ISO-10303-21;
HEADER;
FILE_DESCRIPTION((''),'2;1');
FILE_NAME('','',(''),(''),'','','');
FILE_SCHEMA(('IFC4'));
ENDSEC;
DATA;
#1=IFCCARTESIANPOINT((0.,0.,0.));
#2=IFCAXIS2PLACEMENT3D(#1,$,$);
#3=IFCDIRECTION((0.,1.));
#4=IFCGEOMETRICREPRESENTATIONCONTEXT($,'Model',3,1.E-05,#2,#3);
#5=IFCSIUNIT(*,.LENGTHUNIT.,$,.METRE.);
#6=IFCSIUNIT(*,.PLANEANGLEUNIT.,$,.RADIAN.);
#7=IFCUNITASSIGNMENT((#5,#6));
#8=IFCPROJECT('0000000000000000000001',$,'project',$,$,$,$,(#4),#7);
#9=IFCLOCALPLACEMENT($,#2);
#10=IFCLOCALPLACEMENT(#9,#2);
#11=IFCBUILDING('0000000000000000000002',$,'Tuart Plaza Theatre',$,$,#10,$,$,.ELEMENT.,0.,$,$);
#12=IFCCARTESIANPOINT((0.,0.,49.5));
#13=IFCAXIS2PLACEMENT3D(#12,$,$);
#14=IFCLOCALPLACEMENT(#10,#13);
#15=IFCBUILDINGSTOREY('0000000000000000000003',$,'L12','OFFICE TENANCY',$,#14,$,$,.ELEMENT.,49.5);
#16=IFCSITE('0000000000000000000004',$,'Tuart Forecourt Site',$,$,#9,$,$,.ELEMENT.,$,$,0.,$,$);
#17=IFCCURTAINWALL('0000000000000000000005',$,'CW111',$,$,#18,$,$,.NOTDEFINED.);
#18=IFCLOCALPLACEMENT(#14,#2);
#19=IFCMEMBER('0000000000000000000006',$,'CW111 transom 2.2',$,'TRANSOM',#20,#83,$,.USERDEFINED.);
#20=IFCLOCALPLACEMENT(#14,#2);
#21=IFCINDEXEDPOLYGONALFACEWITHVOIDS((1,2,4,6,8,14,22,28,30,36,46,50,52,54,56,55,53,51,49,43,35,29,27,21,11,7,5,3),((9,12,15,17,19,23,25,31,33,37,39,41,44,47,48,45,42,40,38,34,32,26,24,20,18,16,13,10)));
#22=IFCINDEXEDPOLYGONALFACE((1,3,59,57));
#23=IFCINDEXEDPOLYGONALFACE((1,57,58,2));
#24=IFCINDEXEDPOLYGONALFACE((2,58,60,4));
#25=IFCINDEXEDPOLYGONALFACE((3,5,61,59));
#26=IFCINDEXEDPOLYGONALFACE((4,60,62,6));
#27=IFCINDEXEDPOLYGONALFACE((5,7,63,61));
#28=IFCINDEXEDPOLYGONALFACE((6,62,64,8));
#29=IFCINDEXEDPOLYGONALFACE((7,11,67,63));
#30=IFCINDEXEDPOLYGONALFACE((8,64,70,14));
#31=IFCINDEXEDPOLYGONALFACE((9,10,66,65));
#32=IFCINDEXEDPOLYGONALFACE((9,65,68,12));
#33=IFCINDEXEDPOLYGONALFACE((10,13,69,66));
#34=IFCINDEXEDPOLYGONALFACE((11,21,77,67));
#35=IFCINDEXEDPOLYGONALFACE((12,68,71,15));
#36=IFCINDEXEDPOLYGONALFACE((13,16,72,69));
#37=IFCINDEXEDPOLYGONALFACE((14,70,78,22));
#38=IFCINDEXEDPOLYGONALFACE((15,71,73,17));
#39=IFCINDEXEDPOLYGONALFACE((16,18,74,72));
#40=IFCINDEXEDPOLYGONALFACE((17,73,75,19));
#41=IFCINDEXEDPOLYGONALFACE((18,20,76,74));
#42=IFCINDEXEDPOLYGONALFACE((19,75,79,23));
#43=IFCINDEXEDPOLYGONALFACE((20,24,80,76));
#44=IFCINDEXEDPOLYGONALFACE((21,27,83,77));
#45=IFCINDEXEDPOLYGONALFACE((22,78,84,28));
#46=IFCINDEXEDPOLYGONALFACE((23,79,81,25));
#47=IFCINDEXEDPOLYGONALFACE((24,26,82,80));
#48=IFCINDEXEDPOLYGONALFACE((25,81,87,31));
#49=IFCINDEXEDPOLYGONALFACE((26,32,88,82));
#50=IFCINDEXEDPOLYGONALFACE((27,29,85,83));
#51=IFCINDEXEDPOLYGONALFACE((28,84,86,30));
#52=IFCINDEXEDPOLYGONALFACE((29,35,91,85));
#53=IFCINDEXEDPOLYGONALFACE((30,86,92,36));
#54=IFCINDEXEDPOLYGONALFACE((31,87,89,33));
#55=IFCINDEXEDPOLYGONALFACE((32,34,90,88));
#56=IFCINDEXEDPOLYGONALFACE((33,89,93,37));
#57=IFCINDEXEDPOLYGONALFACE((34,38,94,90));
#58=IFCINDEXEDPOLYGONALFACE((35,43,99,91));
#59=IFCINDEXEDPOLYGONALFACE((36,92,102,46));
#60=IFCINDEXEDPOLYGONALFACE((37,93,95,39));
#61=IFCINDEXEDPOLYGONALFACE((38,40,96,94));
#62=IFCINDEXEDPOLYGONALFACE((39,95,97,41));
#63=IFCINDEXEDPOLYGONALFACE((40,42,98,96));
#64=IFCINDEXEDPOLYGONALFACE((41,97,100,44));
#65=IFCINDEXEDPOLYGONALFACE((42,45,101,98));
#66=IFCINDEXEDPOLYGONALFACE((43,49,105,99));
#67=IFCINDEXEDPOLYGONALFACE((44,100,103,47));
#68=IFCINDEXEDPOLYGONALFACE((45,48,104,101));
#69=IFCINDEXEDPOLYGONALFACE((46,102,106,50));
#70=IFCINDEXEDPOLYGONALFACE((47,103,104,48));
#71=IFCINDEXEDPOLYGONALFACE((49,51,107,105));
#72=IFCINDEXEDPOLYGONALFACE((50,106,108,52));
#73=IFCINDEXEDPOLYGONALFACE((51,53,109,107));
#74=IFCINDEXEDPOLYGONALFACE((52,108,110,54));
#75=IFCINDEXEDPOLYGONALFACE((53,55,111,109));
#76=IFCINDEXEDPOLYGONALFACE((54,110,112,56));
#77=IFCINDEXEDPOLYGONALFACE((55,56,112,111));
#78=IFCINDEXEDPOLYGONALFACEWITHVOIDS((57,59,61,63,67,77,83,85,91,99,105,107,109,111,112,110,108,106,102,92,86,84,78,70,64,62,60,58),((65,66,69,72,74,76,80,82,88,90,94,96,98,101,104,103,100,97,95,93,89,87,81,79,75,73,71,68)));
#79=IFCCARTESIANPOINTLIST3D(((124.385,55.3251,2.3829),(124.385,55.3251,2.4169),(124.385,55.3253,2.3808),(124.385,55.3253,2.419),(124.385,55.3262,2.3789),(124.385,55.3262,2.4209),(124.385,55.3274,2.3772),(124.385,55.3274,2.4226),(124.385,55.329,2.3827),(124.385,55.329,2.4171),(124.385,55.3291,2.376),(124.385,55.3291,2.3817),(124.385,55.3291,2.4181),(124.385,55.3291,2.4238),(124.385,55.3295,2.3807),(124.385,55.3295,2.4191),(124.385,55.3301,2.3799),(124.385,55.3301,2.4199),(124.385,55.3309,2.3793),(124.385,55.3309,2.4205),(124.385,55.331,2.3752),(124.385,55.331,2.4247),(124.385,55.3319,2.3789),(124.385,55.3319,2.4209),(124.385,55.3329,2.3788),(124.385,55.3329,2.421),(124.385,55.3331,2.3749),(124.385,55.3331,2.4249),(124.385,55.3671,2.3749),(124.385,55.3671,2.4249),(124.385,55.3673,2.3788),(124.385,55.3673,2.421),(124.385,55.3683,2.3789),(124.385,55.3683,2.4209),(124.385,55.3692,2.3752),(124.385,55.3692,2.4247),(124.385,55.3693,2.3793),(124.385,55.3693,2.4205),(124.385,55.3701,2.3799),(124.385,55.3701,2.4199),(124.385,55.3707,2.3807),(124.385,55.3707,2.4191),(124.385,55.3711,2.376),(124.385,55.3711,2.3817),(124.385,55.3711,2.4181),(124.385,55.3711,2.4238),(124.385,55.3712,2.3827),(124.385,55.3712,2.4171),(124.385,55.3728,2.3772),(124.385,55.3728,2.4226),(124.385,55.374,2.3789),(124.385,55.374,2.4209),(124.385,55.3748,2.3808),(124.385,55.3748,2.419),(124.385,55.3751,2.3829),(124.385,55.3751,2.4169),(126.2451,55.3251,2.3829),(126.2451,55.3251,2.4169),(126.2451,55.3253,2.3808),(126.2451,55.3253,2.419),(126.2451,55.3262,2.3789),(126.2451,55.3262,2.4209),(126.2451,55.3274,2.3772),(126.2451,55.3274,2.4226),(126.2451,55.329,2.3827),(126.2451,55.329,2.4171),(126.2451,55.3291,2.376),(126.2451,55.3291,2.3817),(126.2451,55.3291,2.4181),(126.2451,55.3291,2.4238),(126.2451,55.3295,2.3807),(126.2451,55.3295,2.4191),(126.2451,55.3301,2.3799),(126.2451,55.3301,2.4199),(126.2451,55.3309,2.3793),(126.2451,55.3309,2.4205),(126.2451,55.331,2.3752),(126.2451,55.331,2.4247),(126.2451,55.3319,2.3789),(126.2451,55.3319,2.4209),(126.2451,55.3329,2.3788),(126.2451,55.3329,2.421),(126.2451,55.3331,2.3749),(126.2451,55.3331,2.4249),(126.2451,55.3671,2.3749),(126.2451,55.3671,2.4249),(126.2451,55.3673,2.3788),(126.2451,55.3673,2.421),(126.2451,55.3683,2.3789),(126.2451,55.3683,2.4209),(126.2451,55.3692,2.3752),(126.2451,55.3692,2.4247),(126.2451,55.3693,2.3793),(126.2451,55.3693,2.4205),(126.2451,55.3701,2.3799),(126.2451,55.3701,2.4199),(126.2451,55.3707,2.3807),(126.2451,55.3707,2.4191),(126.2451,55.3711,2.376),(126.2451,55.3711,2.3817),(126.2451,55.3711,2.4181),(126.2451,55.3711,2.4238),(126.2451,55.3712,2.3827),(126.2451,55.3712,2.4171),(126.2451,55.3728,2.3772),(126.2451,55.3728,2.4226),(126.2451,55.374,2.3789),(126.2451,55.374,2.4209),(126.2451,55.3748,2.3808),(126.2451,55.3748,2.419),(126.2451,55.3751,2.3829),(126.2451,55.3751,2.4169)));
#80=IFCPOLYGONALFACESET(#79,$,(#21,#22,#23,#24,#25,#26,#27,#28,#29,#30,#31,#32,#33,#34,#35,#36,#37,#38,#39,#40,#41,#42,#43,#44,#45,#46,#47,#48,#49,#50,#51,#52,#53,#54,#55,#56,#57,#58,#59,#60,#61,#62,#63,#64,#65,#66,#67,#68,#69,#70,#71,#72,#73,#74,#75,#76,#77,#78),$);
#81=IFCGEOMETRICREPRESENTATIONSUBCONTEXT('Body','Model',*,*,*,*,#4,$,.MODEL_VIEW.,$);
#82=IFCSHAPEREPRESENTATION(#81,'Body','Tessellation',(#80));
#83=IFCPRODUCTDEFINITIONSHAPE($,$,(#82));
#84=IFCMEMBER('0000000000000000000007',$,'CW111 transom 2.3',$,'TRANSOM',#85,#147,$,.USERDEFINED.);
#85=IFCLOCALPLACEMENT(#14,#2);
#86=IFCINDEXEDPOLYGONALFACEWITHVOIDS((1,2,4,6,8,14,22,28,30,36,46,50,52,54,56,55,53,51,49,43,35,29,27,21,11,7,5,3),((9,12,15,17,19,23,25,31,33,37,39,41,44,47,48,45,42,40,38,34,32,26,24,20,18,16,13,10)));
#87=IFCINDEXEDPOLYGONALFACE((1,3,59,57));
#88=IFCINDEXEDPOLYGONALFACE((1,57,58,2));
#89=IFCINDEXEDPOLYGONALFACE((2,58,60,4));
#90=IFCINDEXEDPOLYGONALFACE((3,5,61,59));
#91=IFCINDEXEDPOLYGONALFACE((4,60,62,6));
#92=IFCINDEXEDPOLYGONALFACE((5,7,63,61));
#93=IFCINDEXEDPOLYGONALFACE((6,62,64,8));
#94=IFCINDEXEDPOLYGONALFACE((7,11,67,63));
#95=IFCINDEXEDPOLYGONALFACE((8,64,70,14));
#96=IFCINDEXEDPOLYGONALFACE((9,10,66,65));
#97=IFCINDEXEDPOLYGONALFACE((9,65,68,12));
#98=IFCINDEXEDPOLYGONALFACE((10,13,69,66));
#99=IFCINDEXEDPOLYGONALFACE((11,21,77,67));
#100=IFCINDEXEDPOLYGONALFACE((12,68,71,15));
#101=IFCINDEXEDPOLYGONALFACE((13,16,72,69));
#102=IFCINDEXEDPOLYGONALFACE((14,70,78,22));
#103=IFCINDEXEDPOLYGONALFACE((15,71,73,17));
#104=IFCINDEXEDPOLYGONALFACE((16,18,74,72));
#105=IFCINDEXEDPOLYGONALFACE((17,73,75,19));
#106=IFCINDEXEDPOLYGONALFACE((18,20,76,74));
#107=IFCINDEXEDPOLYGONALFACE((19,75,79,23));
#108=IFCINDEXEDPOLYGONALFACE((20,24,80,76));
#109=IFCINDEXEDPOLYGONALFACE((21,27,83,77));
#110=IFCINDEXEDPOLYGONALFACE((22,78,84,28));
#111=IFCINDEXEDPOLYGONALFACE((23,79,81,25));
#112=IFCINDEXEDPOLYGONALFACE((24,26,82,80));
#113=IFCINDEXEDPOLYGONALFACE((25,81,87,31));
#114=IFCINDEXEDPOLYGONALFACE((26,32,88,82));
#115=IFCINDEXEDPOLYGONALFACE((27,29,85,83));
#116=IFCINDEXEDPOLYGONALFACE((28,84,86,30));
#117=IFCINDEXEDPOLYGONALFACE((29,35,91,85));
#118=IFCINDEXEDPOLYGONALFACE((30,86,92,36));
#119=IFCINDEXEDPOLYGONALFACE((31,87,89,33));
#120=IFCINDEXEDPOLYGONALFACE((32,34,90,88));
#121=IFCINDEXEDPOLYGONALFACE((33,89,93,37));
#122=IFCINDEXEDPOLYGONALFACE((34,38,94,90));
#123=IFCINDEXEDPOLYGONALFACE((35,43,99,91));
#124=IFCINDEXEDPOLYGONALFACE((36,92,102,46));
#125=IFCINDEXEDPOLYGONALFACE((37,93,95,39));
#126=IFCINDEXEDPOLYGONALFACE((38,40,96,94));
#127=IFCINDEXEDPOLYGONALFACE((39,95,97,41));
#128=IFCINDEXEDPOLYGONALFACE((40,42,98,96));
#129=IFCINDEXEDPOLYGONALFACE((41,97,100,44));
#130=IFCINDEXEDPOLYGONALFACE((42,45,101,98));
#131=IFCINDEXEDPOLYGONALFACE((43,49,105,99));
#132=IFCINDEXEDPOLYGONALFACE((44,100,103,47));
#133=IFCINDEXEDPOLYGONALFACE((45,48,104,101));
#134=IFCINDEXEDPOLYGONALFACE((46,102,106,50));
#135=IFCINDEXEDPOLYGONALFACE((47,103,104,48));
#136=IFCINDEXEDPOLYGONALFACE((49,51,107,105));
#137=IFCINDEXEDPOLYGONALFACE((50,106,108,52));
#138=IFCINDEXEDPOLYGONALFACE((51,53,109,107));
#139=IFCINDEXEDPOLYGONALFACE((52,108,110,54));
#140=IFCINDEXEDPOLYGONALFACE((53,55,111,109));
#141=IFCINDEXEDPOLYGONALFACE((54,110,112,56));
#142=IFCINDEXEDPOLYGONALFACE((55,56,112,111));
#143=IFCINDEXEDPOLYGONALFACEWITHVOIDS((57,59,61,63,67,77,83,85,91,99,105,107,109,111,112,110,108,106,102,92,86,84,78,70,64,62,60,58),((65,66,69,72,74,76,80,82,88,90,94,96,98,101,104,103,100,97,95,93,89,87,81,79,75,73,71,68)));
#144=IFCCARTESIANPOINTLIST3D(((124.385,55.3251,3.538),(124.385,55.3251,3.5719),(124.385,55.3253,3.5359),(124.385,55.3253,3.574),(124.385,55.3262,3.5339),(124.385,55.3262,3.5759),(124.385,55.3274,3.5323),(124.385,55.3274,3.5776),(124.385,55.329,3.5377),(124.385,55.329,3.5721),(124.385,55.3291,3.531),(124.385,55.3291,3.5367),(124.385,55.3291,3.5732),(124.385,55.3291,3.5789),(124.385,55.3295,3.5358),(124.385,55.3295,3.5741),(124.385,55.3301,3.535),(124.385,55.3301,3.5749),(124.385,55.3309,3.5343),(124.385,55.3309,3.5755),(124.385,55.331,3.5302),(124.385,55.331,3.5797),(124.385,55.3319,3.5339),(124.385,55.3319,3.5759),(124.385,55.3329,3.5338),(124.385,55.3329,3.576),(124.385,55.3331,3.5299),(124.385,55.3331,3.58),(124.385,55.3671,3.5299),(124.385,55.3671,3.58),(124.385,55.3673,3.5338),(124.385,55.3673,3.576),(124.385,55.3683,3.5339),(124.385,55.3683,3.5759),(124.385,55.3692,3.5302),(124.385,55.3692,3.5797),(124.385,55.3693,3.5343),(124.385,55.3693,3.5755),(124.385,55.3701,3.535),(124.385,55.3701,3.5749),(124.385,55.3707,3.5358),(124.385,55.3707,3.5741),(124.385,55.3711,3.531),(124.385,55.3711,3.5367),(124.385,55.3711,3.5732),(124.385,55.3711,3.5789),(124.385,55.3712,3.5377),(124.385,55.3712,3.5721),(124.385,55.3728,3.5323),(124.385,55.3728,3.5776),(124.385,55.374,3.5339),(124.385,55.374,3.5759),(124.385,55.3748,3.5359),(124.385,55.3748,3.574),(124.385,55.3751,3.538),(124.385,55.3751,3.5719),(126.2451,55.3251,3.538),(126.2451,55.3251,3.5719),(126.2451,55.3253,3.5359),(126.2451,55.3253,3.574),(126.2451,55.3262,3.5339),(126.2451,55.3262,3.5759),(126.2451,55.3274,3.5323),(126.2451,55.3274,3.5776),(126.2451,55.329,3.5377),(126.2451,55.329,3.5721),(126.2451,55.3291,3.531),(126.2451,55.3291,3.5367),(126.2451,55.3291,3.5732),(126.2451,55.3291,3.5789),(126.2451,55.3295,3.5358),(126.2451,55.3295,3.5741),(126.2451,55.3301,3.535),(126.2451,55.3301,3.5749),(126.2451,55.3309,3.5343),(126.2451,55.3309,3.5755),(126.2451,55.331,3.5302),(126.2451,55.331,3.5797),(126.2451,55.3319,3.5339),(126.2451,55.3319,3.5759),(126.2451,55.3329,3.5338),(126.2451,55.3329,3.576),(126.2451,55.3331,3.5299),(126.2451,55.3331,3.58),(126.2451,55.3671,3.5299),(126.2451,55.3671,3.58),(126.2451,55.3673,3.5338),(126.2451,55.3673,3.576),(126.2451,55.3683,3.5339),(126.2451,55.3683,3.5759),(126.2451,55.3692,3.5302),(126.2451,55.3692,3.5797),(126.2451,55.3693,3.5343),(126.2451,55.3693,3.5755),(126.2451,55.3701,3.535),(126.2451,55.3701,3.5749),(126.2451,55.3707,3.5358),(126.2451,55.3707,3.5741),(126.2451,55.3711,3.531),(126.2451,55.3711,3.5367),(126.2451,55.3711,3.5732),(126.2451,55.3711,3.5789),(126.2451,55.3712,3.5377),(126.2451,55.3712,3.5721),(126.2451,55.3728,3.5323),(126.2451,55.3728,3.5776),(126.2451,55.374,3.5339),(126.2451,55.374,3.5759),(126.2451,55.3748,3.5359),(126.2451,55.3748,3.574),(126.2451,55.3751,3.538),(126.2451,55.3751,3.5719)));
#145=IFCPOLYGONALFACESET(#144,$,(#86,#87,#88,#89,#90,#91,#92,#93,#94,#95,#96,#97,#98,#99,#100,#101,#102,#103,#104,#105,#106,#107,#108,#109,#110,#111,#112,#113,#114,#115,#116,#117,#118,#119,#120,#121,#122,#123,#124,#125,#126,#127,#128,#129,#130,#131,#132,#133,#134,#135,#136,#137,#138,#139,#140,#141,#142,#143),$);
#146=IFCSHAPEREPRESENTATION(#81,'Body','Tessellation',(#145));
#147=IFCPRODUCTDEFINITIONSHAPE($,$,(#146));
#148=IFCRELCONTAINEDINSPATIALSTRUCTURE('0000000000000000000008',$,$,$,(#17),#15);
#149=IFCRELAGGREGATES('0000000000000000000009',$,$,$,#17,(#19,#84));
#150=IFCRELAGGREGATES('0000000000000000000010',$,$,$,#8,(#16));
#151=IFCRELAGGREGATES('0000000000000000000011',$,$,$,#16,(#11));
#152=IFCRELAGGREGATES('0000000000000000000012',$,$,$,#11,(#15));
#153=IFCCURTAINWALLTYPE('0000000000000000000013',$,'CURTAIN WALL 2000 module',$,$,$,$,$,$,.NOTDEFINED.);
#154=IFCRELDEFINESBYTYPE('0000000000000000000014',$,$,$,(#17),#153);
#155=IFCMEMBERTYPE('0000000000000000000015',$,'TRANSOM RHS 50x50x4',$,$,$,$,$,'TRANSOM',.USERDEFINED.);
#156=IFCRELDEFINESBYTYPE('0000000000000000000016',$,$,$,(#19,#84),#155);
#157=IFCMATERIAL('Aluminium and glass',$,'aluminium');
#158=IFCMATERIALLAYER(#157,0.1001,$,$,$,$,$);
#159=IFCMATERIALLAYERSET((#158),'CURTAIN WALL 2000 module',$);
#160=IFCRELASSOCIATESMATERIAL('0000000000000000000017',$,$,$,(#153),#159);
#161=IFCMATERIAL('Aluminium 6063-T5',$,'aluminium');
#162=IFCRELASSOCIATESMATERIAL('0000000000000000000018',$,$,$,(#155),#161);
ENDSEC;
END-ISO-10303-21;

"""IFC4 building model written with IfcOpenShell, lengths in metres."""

from ifc_helpers import new_model, si_unit, direction, frame, origin, origin_2d, place, context, subcontext, project, spatial, hollow_rectangle, extrude, material, layer, layer_set, material_profile, profile_set, type_object, element, aggregate, save


model = new_model("IFC4")

# Units and contexts
model_context = context("Model", 3, precision=1e-05, world=origin(), true_north=direction((0.0, 1.0)))
body_context = subcontext(model_context, "Body", "Model", "MODEL_VIEW")
ifc_project = project(units=[si_unit("LENGTHUNIT", "METRE"), si_unit("PLANEANGLEUNIT", "RADIAN")], contexts=[model_context])

# Site, building, storey
site_placement = place(None, origin())
site = spatial("IfcSite", under=ifc_project, at=site_placement, Name="Tuart Forecourt Site", CompositionType="ELEMENT", RefElevation=0.0)
building_placement = place(site_placement, origin())
building = spatial("IfcBuilding", under=site, at=building_placement, Name="Tuart Plaza Theatre", CompositionType="ELEMENT", ElevationOfRefHeight=0.0)
storey_placement = place(building_placement, frame((0.0, 0.0, 49.5)))
storey = spatial("IfcBuildingStorey", under=building, at=storey_placement, Name="L12", Description="OFFICE TENANCY", CompositionType="ELEMENT", Elevation=49.5)

# Curtain wall, members
ifc_material_1 = material(Name="Aluminium and glass", Category="aluminium")
ifc_layer_1 = layer(ifc_material_1, 0.1001)
ifc_layer_set_1 = layer_set([ifc_layer_1], Name="CURTAIN WALL 2000 module")
curtain_wall_type = type_object("IfcCurtainWallType", Name="CURTAIN WALL 2000 module", PredefinedType="NOTDEFINED", material=ifc_layer_set_1)
curtain_wall_placement = place(storey_placement, origin())
curtain_wall = element("IfcCurtainWall", 1, at=curtain_wall_placement, inside=storey, type_object=curtain_wall_type, Name="CW111", PredefinedType="NOTDEFINED")
ifc_material_2 = material(Name="Aluminium 6063-T5", Category="aluminium")
ifc_material_profile_1 = material_profile(ifc_material_2, hollow_rectangle(XDim=0.05, YDim=0.05, WallThickness=0.0039, InnerFilletRadius=0.0039, OuterFilletRadius=0.0081, at=origin_2d()), Name="RHS 50x50x4")
ifc_profile_set_1 = profile_set([ifc_material_profile_1], Name="Aluminium 6063-T5")
member_type_1 = type_object("IfcMemberType", Name="TRANSOM RHS 50x50x4", ElementType="TRANSOM", PredefinedType="USERDEFINED", material=ifc_profile_set_1)
member_1_placement = place(storey_placement, frame((124.385, 55.3501, 2.3999), z_axis=(1.0, 0.0, 0.0), x_axis=(0.0, 1.0, 0.0)))
member_1 = element("IfcMember", 2, at=member_1_placement, type_object=member_type_1, Name="CW111 transom 2.2", ObjectType="TRANSOM", PredefinedType="USERDEFINED", context=body_context, shape_type="SweptSolid", body=[
    extrude(hollow_rectangle(XDim=0.05, YDim=0.05, WallThickness=0.0039, InnerFilletRadius=0.0039, OuterFilletRadius=0.0081, at=origin_2d()), origin(), (0.0, 0.0, 1.0), 1.8601),
])
member_2_placement = place(storey_placement, frame((124.385, 55.3501, 3.5549), z_axis=(1.0, 0.0, 0.0), x_axis=(0.0, 1.0, 0.0)))
member_2 = element("IfcMember", 3, at=member_2_placement, type_object=member_type_1, Name="CW111 transom 2.3", ObjectType="TRANSOM", PredefinedType="USERDEFINED", context=body_context, shape_type="SweptSolid", body=[
    extrude(hollow_rectangle(XDim=0.05, YDim=0.05, WallThickness=0.0039, InnerFilletRadius=0.0039, OuterFilletRadius=0.0081, at=origin_2d()), origin(), (0.0, 0.0, 1.0), 1.8601),
])
aggregate(curtain_wall, [member_1, member_2])

save(model, "model.ifc")
